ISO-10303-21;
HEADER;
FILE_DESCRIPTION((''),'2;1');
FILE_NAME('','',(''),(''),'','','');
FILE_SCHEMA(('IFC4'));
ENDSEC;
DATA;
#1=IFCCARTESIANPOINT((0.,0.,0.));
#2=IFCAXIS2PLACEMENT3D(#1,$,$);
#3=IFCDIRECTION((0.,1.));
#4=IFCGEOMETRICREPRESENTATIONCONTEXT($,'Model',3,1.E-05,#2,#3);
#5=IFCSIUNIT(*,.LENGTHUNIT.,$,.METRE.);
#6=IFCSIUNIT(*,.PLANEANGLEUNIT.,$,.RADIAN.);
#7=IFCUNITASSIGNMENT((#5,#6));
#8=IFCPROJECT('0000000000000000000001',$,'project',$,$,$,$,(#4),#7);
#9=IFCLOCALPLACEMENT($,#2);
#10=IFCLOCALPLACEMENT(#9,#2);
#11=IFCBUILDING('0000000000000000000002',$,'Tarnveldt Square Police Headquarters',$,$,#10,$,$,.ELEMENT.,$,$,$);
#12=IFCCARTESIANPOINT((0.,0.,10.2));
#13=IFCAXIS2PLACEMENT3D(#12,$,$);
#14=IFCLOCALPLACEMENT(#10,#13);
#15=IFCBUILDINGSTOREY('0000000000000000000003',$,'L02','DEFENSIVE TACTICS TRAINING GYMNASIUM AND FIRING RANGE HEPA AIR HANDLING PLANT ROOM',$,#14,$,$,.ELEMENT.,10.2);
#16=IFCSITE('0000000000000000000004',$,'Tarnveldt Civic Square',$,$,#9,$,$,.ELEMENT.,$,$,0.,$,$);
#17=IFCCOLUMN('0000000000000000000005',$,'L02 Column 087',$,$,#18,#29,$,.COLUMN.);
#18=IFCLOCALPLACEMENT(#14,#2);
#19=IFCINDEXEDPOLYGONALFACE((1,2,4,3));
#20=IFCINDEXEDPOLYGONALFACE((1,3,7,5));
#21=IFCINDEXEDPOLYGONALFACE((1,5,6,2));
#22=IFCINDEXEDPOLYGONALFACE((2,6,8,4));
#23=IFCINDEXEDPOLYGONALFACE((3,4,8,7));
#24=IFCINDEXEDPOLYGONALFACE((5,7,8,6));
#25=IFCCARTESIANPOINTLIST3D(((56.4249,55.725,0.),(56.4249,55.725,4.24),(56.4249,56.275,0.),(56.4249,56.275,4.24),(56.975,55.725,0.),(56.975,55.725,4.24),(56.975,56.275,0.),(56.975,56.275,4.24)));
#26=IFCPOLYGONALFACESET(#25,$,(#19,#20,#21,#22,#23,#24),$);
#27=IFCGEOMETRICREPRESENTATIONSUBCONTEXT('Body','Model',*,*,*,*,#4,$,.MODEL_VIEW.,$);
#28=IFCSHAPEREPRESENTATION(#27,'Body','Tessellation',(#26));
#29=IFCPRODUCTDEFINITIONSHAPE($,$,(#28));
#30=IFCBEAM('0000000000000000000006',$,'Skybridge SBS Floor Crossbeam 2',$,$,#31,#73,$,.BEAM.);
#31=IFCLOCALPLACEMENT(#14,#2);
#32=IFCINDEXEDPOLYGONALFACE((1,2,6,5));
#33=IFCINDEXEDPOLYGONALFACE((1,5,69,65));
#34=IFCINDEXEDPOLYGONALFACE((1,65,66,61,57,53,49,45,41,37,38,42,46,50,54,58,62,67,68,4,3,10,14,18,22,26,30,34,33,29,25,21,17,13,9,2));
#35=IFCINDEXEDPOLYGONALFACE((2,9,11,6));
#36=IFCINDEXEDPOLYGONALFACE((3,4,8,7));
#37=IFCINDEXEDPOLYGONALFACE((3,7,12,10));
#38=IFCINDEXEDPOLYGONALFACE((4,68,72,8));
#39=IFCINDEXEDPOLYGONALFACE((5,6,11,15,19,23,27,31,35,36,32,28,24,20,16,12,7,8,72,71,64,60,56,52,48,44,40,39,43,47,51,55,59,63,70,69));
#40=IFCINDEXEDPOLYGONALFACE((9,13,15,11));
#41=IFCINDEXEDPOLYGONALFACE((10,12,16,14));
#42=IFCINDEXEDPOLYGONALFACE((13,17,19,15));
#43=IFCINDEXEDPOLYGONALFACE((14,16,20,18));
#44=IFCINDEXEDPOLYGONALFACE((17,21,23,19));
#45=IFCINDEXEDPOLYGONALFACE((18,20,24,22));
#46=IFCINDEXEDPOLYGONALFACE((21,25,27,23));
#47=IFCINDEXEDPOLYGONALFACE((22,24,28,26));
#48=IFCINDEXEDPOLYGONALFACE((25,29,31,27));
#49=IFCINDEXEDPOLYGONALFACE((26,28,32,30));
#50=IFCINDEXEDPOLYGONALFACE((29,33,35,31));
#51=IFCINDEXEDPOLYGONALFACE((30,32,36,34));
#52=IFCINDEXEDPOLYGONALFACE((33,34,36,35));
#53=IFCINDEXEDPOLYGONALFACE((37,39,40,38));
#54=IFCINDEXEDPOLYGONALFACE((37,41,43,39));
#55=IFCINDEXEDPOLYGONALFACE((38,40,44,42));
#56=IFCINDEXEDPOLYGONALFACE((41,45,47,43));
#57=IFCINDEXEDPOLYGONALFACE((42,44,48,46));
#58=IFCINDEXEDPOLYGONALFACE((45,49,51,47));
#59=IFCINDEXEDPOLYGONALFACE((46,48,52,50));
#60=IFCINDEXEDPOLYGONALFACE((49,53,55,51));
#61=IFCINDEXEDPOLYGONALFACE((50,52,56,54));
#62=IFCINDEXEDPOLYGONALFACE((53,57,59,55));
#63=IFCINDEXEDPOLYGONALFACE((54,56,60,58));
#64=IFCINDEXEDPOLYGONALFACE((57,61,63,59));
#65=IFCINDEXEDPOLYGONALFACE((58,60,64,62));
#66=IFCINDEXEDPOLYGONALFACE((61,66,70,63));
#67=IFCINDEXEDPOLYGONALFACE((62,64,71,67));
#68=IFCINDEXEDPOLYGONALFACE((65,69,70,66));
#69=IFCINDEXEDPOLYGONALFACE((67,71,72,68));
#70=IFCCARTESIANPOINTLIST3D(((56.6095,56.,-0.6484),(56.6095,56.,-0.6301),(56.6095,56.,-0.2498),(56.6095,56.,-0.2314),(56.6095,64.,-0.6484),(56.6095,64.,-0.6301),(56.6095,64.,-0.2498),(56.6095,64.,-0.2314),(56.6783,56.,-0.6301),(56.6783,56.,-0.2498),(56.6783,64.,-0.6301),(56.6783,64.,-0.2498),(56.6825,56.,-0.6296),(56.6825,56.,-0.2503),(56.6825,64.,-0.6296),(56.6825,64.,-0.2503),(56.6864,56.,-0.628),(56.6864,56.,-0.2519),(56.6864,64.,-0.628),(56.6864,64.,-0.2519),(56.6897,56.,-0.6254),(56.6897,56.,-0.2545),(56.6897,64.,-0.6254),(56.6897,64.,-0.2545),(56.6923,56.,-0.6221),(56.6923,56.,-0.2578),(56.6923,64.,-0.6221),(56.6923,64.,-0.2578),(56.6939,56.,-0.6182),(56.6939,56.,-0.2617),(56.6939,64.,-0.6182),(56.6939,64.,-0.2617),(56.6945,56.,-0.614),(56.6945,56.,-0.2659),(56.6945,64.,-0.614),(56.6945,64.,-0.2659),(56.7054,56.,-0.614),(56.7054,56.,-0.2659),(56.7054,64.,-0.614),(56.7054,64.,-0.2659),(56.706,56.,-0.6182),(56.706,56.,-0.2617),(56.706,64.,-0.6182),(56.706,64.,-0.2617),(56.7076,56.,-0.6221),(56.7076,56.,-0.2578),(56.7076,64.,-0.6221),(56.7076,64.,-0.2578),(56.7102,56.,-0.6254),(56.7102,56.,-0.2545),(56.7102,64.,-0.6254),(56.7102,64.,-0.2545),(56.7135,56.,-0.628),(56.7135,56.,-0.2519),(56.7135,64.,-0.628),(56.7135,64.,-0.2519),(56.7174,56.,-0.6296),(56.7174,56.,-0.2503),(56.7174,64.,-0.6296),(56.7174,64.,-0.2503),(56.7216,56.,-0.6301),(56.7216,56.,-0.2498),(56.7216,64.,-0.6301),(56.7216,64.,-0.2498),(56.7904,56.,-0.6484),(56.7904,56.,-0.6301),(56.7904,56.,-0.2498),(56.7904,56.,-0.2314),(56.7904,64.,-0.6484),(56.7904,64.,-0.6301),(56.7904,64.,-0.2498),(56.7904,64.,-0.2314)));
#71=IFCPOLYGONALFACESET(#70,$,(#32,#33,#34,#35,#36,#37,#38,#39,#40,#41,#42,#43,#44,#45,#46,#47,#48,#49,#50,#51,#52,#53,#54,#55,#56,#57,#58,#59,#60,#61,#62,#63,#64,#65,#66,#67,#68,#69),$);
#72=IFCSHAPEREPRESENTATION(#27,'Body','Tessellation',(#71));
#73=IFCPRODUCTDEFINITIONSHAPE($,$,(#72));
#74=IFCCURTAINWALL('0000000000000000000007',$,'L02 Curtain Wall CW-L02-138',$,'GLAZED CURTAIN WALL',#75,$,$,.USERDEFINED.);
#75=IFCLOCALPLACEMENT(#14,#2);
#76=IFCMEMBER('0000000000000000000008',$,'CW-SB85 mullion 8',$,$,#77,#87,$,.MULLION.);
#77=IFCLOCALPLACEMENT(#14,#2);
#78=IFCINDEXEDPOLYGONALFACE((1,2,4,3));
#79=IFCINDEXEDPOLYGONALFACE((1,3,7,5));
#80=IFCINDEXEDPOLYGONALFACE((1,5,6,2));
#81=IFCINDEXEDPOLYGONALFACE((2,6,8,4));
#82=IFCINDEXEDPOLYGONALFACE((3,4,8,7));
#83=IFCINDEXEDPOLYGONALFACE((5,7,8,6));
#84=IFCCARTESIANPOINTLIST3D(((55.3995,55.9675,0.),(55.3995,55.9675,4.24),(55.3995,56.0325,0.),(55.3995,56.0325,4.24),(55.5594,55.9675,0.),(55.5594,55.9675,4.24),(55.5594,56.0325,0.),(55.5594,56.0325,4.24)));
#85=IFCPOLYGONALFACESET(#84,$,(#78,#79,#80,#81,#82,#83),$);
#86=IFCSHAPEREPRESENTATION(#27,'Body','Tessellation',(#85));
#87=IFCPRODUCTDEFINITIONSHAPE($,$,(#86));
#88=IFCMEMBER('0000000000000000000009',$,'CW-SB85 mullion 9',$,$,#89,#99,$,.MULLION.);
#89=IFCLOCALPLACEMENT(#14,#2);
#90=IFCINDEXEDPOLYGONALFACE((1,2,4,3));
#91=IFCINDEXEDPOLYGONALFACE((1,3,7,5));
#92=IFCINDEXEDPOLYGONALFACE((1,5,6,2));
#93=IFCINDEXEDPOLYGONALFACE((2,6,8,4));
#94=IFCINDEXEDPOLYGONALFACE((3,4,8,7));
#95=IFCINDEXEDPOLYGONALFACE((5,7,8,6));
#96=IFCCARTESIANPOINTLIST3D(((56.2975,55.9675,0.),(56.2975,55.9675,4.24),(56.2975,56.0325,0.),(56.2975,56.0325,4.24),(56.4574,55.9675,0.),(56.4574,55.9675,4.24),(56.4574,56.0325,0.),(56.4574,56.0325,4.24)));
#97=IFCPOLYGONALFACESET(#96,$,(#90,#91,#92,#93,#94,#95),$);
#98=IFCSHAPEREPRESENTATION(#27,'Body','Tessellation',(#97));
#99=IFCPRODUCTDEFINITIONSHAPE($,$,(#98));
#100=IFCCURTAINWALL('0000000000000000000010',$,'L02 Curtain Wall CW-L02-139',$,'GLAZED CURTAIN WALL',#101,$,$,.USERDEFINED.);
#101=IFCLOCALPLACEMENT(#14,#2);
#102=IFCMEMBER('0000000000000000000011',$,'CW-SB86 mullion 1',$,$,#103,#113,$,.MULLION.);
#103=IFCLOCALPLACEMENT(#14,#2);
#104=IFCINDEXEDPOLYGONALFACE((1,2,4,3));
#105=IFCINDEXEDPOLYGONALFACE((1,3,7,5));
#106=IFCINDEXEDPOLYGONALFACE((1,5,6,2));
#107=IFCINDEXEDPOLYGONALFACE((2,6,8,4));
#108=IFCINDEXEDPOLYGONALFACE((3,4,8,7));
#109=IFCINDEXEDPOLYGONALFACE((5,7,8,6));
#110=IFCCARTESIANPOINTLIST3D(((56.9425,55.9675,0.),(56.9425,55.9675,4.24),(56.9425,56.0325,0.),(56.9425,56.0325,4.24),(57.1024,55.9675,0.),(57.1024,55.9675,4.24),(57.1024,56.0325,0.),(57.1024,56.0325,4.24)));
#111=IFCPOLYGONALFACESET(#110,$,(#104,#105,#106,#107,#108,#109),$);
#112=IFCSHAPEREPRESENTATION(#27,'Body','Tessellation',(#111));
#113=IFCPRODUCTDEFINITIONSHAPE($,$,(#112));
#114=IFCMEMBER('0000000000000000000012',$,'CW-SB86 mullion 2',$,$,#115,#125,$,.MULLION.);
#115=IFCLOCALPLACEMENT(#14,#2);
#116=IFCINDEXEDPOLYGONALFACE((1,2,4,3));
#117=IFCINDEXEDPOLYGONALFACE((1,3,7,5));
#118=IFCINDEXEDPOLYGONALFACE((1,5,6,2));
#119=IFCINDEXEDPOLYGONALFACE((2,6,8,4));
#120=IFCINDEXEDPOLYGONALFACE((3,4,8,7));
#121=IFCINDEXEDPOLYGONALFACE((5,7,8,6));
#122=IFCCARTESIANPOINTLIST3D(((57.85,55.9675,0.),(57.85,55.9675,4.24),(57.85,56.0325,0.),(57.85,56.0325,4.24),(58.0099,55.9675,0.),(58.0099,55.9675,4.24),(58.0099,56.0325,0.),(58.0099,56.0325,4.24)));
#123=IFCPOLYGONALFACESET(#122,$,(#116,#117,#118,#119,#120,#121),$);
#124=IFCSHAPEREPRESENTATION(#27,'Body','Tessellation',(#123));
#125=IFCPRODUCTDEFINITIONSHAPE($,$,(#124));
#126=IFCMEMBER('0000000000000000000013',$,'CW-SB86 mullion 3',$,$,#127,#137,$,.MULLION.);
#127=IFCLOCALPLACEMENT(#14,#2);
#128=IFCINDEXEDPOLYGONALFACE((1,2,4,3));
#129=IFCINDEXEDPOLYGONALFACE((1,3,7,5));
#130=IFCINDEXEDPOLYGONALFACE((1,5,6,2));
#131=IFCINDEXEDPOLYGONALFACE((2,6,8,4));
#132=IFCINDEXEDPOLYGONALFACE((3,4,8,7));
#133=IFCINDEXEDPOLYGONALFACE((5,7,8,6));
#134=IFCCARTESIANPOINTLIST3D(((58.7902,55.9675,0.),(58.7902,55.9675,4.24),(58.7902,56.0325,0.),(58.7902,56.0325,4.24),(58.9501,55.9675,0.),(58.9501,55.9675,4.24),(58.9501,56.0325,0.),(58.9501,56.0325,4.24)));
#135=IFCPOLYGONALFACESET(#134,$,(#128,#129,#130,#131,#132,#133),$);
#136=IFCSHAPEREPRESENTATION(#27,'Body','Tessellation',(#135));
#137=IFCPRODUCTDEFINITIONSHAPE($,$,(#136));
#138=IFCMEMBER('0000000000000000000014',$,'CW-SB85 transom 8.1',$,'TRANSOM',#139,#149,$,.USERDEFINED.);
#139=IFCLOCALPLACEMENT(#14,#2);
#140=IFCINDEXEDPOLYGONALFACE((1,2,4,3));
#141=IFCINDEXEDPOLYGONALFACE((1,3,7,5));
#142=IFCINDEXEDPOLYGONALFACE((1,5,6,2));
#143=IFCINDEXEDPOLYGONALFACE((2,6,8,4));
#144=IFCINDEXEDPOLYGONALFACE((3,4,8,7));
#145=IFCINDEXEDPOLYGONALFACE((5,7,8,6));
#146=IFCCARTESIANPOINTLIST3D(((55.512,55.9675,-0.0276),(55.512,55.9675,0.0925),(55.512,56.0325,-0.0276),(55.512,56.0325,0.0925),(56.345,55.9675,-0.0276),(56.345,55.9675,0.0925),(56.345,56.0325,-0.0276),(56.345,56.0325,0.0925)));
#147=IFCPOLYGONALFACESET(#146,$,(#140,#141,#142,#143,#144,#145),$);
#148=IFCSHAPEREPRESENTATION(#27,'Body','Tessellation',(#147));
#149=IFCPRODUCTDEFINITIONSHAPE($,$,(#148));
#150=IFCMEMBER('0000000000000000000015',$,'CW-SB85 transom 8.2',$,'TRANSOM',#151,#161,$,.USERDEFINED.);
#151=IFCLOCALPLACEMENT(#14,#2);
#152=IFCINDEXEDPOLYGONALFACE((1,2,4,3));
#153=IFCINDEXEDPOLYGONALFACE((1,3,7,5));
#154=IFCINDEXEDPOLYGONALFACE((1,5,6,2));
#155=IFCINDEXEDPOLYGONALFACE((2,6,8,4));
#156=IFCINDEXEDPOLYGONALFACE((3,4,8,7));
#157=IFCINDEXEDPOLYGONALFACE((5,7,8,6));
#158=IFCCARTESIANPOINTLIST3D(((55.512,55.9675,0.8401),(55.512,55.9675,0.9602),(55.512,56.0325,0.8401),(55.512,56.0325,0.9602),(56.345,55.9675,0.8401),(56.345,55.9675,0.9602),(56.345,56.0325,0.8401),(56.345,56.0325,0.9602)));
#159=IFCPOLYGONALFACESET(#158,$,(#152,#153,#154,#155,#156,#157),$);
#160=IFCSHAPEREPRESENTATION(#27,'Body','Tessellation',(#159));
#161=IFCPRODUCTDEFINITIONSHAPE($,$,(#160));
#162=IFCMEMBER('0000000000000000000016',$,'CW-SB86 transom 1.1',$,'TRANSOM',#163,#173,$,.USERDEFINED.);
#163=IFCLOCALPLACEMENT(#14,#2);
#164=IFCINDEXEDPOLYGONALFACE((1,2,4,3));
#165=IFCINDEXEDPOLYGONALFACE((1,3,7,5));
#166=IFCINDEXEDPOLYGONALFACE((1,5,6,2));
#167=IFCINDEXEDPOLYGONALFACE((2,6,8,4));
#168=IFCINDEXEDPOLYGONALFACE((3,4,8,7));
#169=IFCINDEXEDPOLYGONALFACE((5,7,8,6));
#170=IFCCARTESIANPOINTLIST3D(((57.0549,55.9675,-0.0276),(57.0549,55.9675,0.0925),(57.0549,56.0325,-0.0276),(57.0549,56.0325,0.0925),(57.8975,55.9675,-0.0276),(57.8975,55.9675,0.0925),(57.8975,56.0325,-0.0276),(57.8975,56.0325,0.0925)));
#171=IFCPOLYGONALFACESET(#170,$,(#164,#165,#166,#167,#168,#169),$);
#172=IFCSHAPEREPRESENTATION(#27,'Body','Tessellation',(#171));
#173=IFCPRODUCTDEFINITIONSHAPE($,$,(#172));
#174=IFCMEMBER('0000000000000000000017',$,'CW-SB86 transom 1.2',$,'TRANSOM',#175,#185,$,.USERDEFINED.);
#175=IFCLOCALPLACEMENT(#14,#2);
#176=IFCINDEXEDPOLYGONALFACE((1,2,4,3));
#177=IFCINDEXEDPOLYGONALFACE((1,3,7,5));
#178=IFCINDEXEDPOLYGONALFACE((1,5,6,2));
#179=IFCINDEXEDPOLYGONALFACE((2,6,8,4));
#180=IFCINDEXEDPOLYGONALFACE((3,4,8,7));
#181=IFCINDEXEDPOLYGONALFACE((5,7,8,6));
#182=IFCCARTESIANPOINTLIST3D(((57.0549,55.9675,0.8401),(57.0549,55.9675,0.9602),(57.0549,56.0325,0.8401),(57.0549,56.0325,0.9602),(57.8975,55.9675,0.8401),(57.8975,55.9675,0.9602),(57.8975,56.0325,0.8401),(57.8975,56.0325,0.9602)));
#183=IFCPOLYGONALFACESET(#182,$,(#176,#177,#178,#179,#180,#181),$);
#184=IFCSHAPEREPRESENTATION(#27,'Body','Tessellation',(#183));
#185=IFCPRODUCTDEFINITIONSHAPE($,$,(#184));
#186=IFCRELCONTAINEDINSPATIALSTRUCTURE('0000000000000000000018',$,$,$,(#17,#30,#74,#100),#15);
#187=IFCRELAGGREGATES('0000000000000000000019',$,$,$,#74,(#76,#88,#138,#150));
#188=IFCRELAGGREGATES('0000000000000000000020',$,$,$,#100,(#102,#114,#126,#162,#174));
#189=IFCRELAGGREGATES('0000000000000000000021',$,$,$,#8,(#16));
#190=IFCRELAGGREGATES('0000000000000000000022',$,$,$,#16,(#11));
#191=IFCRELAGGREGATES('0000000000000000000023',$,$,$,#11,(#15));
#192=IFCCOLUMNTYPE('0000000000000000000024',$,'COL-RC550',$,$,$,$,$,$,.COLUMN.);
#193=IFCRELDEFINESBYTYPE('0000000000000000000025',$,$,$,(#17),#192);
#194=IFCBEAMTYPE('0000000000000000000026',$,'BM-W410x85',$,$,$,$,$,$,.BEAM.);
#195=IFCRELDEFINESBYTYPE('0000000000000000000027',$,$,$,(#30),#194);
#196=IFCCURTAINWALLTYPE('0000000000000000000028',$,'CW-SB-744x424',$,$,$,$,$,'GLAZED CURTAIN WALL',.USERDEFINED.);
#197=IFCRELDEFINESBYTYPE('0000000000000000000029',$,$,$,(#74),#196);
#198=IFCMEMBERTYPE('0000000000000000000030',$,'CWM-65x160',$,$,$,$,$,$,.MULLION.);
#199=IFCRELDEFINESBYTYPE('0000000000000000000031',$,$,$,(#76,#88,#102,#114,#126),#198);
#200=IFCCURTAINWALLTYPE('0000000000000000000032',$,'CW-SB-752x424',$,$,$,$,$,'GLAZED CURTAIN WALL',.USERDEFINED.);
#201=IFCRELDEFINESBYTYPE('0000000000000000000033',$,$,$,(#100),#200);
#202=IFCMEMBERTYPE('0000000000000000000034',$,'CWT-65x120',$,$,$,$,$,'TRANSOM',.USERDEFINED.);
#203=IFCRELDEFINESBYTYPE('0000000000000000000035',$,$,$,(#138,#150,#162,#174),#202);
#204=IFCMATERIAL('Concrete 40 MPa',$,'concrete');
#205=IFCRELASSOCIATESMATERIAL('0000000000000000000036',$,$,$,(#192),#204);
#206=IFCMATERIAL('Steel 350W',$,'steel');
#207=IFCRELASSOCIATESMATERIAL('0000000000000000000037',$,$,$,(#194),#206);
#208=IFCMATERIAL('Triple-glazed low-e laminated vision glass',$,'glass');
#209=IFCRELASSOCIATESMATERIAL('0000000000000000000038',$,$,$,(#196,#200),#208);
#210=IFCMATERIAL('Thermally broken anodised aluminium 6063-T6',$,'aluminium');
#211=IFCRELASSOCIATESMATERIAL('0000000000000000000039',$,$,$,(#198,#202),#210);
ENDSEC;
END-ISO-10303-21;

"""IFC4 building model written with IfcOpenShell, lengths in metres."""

from ifc_helpers import new_model, si_unit, direction, frame, origin, origin_2d, place, context, subcontext, project, spatial, rectangle, i_section, extrude, material, material_profile, profile_set, type_object, element, aggregate, save


model = new_model("IFC4")

# Units and contexts
model_context = context("Model", 3, precision=1e-05, world=origin(), true_north=direction((0.0, 1.0)))
body_context = subcontext(model_context, "Body", "Model", "MODEL_VIEW")
ifc_project = project(units=[si_unit("LENGTHUNIT", "METRE"), si_unit("PLANEANGLEUNIT", "RADIAN")], contexts=[model_context])

# Site, building, storey
site_placement = place(None, origin())
site = spatial("IfcSite", under=ifc_project, at=site_placement, Name="Tarnveldt Civic Square", CompositionType="ELEMENT", RefElevation=0.0)
building_placement = place(site_placement, origin())
building = spatial("IfcBuilding", under=site, at=building_placement, Name="Tarnveldt Square Police Headquarters", CompositionType="ELEMENT")
storey_placement = place(building_placement, frame((0.0, 0.0, 10.2)))
storey = spatial("IfcBuildingStorey", under=building, at=storey_placement, Name="L02", Description="DEFENSIVE TACTICS TRAINING GYMNASIUM AND FIRING RANGE HEPA AIR HANDLING PLANT ROOM", CompositionType="ELEMENT", Elevation=10.2)

# Column
ifc_material_1 = material(Name="Concrete 40 MPa", Category="concrete")
ifc_material_profile_1 = material_profile(ifc_material_1, rectangle(XDim=0.55, YDim=0.55, at=origin_2d()), Name="RC-C550x550")
ifc_profile_set_1 = profile_set([ifc_material_profile_1], Name="Concrete 40 MPa")
column_type = type_object("IfcColumnType", Name="COL-RC550", PredefinedType="COLUMN", material=ifc_profile_set_1)
column_placement = place(storey_placement, frame((56.7, 56.0, 0.0), z_axis=(0.0, 0.0, 1.0), x_axis=(1.0, 0.0, 0.0)))
element("IfcColumn", 1, at=column_placement, inside=storey, type_object=column_type, Name="L02 Column 087", PredefinedType="COLUMN", context=body_context, shape_type="SweptSolid", body=[
    extrude(rectangle(XDim=0.55, YDim=0.55, at=origin_2d()), origin(), (0.0, 0.0, 1.0), 4.24),
])

# Beam
ifc_material_2 = material(Name="Steel 350W", Category="steel")
ifc_material_profile_2 = material_profile(ifc_material_2, i_section(OverallWidth=0.1809, OverallDepth=0.417, WebThickness=0.011, FlangeThickness=0.0183, FilletRadius=0.0161, at=origin_2d()), Name="W410x85")
ifc_profile_set_2 = profile_set([ifc_material_profile_2], Name="Steel 350W")
beam_type = type_object("IfcBeamType", Name="BM-W410x85", PredefinedType="BEAM", material=ifc_profile_set_2)
beam_placement = place(storey_placement, frame((56.7, 56.0, -0.4399), z_axis=(0.0, 1.0, 0.0), x_axis=(-1.0, 0.0, 0.0)))
element("IfcBeam", 2, at=beam_placement, inside=storey, type_object=beam_type, Name="Skybridge SBS Floor Crossbeam 2", PredefinedType="BEAM", context=body_context, shape_type="SweptSolid", body=[
    extrude(i_section(OverallWidth=0.1809, OverallDepth=0.417, WebThickness=0.011, FlangeThickness=0.0183, FilletRadius=0.0161, at=origin_2d()), origin(), (0.0, 0.0, 1.0), 8.0),
])

# Curtain walls, members
ifc_material_3 = material(Name="Triple-glazed low-e laminated vision glass", Category="glass")
curtain_wall_type_1 = type_object("IfcCurtainWallType", Name="CW-SB-744x424", ElementType="GLAZED CURTAIN WALL", PredefinedType="USERDEFINED", material=ifc_material_3)
curtain_wall_1_placement = place(storey_placement, origin())
curtain_wall_1 = element("IfcCurtainWall", 3, at=curtain_wall_1_placement, inside=storey, type_object=curtain_wall_type_1, Name="L02 Curtain Wall CW-L02-138", ObjectType="GLAZED CURTAIN WALL", PredefinedType="USERDEFINED")
ifc_material_4 = material(Name="Thermally broken anodised aluminium 6063-T6", Category="aluminium")
ifc_material_profile_3 = material_profile(ifc_material_4, rectangle(XDim=0.0649, YDim=0.1599, at=origin_2d()), Name="CW-M65x160")
ifc_profile_set_3 = profile_set([ifc_material_profile_3], Name="Thermally broken anodised aluminium 6063-T6")
member_type_1 = type_object("IfcMemberType", Name="CWM-65x160", PredefinedType="MULLION", material=ifc_profile_set_3)
member_1_placement = place(storey_placement, frame((55.4795, 56.0, 0.0), z_axis=(0.0, 0.0, 1.0), x_axis=(0.0, 1.0, 0.0)))
member_1 = element("IfcMember", 4, at=member_1_placement, type_object=member_type_1, Name="CW-SB85 mullion 8", PredefinedType="MULLION", context=body_context, shape_type="SweptSolid", body=[
    extrude(rectangle(XDim=0.0649, YDim=0.1599, at=origin_2d()), origin(), (0.0, 0.0, 1.0), 4.24),
])
member_2_placement = place(storey_placement, frame((56.3774, 56.0, 0.0), z_axis=(0.0, 0.0, 1.0), x_axis=(0.0, 1.0, 0.0)))
member_2 = element("IfcMember", 5, at=member_2_placement, type_object=member_type_1, Name="CW-SB85 mullion 9", PredefinedType="MULLION", context=body_context, shape_type="SweptSolid", body=[
    extrude(rectangle(XDim=0.0649, YDim=0.1599, at=origin_2d()), origin(), (0.0, 0.0, 1.0), 4.24),
])
curtain_wall_type_2 = type_object("IfcCurtainWallType", Name="CW-SB-752x424", ElementType="GLAZED CURTAIN WALL", PredefinedType="USERDEFINED", material=ifc_material_3)
curtain_wall_2_placement = place(storey_placement, origin())
curtain_wall_2 = element("IfcCurtainWall", 6, at=curtain_wall_2_placement, inside=storey, type_object=curtain_wall_type_2, Name="L02 Curtain Wall CW-L02-139", ObjectType="GLAZED CURTAIN WALL", PredefinedType="USERDEFINED")
member_3_placement = place(storey_placement, frame((57.0225, 56.0, 0.0), z_axis=(0.0, 0.0, 1.0), x_axis=(0.0, 1.0, 0.0)))
member_3 = element("IfcMember", 7, at=member_3_placement, type_object=member_type_1, Name="CW-SB86 mullion 1", PredefinedType="MULLION", context=body_context, shape_type="SweptSolid", body=[
    extrude(rectangle(XDim=0.0649, YDim=0.1599, at=origin_2d()), origin(), (0.0, 0.0, 1.0), 4.24),
])
member_4_placement = place(storey_placement, frame((57.9299, 56.0, 0.0), z_axis=(0.0, 0.0, 1.0), x_axis=(0.0, 1.0, 0.0)))
member_4 = element("IfcMember", 8, at=member_4_placement, type_object=member_type_1, Name="CW-SB86 mullion 2", PredefinedType="MULLION", context=body_context, shape_type="SweptSolid", body=[
    extrude(rectangle(XDim=0.0649, YDim=0.1599, at=origin_2d()), origin(), (0.0, 0.0, 1.0), 4.24),
])
member_5_placement = place(storey_placement, frame((58.8701, 56.0, 0.0), z_axis=(0.0, 0.0, 1.0), x_axis=(0.0, 1.0, 0.0)))
member_5 = element("IfcMember", 9, at=member_5_placement, type_object=member_type_1, Name="CW-SB86 mullion 3", PredefinedType="MULLION", context=body_context, shape_type="SweptSolid", body=[
    extrude(rectangle(XDim=0.0649, YDim=0.1599, at=origin_2d()), origin(), (0.0, 0.0, 1.0), 4.24),
])

# Members
ifc_material_profile_4 = material_profile(ifc_material_4, rectangle(XDim=0.0649, YDim=0.1201, at=origin_2d()), Name="CW-T65x120")
ifc_profile_set_4 = profile_set([ifc_material_profile_4], Name="Thermally broken anodised aluminium 6063-T6")
member_type_2 = type_object("IfcMemberType", Name="CWT-65x120", ElementType="TRANSOM", PredefinedType="USERDEFINED", material=ifc_profile_set_4)
member_6_placement = place(storey_placement, frame((55.512, 56.0, 0.0325), z_axis=(1.0, 0.0, 0.0), x_axis=(0.0, 1.0, 0.0)))
member_6 = element("IfcMember", 10, at=member_6_placement, type_object=member_type_2, Name="CW-SB85 transom 8.1", ObjectType="TRANSOM", PredefinedType="USERDEFINED", context=body_context, shape_type="SweptSolid", body=[
    extrude(rectangle(XDim=0.0649, YDim=0.1201, at=origin_2d()), origin(), (0.0, 0.0, 1.0), 0.833),
])
member_7_placement = place(storey_placement, frame((55.512, 56.0, 0.9001), z_axis=(1.0, 0.0, 0.0), x_axis=(0.0, 1.0, 0.0)))
member_7 = element("IfcMember", 11, at=member_7_placement, type_object=member_type_2, Name="CW-SB85 transom 8.2", ObjectType="TRANSOM", PredefinedType="USERDEFINED", context=body_context, shape_type="SweptSolid", body=[
    extrude(rectangle(XDim=0.0649, YDim=0.1201, at=origin_2d()), origin(), (0.0, 0.0, 1.0), 0.833),
])
member_8_placement = place(storey_placement, frame((57.0549, 56.0, 0.0325), z_axis=(1.0, 0.0, 0.0), x_axis=(0.0, 1.0, 0.0)))
member_8 = element("IfcMember", 12, at=member_8_placement, type_object=member_type_2, Name="CW-SB86 transom 1.1", ObjectType="TRANSOM", PredefinedType="USERDEFINED", context=body_context, shape_type="SweptSolid", body=[
    extrude(rectangle(XDim=0.0649, YDim=0.1201, at=origin_2d()), origin(), (0.0, 0.0, 1.0), 0.8425),
])
member_9_placement = place(storey_placement, frame((57.0549, 56.0, 0.9001), z_axis=(1.0, 0.0, 0.0), x_axis=(0.0, 1.0, 0.0)))
member_9 = element("IfcMember", 13, at=member_9_placement, type_object=member_type_2, Name="CW-SB86 transom 1.2", ObjectType="TRANSOM", PredefinedType="USERDEFINED", context=body_context, shape_type="SweptSolid", body=[
    extrude(rectangle(XDim=0.0649, YDim=0.1201, at=origin_2d()), origin(), (0.0, 0.0, 1.0), 0.8425),
])

aggregate(curtain_wall_1, [member_1, member_2, member_6, member_7])
aggregate(curtain_wall_2, [member_3, member_4, member_5, member_8, member_9])

save(model, "model.ifc")
